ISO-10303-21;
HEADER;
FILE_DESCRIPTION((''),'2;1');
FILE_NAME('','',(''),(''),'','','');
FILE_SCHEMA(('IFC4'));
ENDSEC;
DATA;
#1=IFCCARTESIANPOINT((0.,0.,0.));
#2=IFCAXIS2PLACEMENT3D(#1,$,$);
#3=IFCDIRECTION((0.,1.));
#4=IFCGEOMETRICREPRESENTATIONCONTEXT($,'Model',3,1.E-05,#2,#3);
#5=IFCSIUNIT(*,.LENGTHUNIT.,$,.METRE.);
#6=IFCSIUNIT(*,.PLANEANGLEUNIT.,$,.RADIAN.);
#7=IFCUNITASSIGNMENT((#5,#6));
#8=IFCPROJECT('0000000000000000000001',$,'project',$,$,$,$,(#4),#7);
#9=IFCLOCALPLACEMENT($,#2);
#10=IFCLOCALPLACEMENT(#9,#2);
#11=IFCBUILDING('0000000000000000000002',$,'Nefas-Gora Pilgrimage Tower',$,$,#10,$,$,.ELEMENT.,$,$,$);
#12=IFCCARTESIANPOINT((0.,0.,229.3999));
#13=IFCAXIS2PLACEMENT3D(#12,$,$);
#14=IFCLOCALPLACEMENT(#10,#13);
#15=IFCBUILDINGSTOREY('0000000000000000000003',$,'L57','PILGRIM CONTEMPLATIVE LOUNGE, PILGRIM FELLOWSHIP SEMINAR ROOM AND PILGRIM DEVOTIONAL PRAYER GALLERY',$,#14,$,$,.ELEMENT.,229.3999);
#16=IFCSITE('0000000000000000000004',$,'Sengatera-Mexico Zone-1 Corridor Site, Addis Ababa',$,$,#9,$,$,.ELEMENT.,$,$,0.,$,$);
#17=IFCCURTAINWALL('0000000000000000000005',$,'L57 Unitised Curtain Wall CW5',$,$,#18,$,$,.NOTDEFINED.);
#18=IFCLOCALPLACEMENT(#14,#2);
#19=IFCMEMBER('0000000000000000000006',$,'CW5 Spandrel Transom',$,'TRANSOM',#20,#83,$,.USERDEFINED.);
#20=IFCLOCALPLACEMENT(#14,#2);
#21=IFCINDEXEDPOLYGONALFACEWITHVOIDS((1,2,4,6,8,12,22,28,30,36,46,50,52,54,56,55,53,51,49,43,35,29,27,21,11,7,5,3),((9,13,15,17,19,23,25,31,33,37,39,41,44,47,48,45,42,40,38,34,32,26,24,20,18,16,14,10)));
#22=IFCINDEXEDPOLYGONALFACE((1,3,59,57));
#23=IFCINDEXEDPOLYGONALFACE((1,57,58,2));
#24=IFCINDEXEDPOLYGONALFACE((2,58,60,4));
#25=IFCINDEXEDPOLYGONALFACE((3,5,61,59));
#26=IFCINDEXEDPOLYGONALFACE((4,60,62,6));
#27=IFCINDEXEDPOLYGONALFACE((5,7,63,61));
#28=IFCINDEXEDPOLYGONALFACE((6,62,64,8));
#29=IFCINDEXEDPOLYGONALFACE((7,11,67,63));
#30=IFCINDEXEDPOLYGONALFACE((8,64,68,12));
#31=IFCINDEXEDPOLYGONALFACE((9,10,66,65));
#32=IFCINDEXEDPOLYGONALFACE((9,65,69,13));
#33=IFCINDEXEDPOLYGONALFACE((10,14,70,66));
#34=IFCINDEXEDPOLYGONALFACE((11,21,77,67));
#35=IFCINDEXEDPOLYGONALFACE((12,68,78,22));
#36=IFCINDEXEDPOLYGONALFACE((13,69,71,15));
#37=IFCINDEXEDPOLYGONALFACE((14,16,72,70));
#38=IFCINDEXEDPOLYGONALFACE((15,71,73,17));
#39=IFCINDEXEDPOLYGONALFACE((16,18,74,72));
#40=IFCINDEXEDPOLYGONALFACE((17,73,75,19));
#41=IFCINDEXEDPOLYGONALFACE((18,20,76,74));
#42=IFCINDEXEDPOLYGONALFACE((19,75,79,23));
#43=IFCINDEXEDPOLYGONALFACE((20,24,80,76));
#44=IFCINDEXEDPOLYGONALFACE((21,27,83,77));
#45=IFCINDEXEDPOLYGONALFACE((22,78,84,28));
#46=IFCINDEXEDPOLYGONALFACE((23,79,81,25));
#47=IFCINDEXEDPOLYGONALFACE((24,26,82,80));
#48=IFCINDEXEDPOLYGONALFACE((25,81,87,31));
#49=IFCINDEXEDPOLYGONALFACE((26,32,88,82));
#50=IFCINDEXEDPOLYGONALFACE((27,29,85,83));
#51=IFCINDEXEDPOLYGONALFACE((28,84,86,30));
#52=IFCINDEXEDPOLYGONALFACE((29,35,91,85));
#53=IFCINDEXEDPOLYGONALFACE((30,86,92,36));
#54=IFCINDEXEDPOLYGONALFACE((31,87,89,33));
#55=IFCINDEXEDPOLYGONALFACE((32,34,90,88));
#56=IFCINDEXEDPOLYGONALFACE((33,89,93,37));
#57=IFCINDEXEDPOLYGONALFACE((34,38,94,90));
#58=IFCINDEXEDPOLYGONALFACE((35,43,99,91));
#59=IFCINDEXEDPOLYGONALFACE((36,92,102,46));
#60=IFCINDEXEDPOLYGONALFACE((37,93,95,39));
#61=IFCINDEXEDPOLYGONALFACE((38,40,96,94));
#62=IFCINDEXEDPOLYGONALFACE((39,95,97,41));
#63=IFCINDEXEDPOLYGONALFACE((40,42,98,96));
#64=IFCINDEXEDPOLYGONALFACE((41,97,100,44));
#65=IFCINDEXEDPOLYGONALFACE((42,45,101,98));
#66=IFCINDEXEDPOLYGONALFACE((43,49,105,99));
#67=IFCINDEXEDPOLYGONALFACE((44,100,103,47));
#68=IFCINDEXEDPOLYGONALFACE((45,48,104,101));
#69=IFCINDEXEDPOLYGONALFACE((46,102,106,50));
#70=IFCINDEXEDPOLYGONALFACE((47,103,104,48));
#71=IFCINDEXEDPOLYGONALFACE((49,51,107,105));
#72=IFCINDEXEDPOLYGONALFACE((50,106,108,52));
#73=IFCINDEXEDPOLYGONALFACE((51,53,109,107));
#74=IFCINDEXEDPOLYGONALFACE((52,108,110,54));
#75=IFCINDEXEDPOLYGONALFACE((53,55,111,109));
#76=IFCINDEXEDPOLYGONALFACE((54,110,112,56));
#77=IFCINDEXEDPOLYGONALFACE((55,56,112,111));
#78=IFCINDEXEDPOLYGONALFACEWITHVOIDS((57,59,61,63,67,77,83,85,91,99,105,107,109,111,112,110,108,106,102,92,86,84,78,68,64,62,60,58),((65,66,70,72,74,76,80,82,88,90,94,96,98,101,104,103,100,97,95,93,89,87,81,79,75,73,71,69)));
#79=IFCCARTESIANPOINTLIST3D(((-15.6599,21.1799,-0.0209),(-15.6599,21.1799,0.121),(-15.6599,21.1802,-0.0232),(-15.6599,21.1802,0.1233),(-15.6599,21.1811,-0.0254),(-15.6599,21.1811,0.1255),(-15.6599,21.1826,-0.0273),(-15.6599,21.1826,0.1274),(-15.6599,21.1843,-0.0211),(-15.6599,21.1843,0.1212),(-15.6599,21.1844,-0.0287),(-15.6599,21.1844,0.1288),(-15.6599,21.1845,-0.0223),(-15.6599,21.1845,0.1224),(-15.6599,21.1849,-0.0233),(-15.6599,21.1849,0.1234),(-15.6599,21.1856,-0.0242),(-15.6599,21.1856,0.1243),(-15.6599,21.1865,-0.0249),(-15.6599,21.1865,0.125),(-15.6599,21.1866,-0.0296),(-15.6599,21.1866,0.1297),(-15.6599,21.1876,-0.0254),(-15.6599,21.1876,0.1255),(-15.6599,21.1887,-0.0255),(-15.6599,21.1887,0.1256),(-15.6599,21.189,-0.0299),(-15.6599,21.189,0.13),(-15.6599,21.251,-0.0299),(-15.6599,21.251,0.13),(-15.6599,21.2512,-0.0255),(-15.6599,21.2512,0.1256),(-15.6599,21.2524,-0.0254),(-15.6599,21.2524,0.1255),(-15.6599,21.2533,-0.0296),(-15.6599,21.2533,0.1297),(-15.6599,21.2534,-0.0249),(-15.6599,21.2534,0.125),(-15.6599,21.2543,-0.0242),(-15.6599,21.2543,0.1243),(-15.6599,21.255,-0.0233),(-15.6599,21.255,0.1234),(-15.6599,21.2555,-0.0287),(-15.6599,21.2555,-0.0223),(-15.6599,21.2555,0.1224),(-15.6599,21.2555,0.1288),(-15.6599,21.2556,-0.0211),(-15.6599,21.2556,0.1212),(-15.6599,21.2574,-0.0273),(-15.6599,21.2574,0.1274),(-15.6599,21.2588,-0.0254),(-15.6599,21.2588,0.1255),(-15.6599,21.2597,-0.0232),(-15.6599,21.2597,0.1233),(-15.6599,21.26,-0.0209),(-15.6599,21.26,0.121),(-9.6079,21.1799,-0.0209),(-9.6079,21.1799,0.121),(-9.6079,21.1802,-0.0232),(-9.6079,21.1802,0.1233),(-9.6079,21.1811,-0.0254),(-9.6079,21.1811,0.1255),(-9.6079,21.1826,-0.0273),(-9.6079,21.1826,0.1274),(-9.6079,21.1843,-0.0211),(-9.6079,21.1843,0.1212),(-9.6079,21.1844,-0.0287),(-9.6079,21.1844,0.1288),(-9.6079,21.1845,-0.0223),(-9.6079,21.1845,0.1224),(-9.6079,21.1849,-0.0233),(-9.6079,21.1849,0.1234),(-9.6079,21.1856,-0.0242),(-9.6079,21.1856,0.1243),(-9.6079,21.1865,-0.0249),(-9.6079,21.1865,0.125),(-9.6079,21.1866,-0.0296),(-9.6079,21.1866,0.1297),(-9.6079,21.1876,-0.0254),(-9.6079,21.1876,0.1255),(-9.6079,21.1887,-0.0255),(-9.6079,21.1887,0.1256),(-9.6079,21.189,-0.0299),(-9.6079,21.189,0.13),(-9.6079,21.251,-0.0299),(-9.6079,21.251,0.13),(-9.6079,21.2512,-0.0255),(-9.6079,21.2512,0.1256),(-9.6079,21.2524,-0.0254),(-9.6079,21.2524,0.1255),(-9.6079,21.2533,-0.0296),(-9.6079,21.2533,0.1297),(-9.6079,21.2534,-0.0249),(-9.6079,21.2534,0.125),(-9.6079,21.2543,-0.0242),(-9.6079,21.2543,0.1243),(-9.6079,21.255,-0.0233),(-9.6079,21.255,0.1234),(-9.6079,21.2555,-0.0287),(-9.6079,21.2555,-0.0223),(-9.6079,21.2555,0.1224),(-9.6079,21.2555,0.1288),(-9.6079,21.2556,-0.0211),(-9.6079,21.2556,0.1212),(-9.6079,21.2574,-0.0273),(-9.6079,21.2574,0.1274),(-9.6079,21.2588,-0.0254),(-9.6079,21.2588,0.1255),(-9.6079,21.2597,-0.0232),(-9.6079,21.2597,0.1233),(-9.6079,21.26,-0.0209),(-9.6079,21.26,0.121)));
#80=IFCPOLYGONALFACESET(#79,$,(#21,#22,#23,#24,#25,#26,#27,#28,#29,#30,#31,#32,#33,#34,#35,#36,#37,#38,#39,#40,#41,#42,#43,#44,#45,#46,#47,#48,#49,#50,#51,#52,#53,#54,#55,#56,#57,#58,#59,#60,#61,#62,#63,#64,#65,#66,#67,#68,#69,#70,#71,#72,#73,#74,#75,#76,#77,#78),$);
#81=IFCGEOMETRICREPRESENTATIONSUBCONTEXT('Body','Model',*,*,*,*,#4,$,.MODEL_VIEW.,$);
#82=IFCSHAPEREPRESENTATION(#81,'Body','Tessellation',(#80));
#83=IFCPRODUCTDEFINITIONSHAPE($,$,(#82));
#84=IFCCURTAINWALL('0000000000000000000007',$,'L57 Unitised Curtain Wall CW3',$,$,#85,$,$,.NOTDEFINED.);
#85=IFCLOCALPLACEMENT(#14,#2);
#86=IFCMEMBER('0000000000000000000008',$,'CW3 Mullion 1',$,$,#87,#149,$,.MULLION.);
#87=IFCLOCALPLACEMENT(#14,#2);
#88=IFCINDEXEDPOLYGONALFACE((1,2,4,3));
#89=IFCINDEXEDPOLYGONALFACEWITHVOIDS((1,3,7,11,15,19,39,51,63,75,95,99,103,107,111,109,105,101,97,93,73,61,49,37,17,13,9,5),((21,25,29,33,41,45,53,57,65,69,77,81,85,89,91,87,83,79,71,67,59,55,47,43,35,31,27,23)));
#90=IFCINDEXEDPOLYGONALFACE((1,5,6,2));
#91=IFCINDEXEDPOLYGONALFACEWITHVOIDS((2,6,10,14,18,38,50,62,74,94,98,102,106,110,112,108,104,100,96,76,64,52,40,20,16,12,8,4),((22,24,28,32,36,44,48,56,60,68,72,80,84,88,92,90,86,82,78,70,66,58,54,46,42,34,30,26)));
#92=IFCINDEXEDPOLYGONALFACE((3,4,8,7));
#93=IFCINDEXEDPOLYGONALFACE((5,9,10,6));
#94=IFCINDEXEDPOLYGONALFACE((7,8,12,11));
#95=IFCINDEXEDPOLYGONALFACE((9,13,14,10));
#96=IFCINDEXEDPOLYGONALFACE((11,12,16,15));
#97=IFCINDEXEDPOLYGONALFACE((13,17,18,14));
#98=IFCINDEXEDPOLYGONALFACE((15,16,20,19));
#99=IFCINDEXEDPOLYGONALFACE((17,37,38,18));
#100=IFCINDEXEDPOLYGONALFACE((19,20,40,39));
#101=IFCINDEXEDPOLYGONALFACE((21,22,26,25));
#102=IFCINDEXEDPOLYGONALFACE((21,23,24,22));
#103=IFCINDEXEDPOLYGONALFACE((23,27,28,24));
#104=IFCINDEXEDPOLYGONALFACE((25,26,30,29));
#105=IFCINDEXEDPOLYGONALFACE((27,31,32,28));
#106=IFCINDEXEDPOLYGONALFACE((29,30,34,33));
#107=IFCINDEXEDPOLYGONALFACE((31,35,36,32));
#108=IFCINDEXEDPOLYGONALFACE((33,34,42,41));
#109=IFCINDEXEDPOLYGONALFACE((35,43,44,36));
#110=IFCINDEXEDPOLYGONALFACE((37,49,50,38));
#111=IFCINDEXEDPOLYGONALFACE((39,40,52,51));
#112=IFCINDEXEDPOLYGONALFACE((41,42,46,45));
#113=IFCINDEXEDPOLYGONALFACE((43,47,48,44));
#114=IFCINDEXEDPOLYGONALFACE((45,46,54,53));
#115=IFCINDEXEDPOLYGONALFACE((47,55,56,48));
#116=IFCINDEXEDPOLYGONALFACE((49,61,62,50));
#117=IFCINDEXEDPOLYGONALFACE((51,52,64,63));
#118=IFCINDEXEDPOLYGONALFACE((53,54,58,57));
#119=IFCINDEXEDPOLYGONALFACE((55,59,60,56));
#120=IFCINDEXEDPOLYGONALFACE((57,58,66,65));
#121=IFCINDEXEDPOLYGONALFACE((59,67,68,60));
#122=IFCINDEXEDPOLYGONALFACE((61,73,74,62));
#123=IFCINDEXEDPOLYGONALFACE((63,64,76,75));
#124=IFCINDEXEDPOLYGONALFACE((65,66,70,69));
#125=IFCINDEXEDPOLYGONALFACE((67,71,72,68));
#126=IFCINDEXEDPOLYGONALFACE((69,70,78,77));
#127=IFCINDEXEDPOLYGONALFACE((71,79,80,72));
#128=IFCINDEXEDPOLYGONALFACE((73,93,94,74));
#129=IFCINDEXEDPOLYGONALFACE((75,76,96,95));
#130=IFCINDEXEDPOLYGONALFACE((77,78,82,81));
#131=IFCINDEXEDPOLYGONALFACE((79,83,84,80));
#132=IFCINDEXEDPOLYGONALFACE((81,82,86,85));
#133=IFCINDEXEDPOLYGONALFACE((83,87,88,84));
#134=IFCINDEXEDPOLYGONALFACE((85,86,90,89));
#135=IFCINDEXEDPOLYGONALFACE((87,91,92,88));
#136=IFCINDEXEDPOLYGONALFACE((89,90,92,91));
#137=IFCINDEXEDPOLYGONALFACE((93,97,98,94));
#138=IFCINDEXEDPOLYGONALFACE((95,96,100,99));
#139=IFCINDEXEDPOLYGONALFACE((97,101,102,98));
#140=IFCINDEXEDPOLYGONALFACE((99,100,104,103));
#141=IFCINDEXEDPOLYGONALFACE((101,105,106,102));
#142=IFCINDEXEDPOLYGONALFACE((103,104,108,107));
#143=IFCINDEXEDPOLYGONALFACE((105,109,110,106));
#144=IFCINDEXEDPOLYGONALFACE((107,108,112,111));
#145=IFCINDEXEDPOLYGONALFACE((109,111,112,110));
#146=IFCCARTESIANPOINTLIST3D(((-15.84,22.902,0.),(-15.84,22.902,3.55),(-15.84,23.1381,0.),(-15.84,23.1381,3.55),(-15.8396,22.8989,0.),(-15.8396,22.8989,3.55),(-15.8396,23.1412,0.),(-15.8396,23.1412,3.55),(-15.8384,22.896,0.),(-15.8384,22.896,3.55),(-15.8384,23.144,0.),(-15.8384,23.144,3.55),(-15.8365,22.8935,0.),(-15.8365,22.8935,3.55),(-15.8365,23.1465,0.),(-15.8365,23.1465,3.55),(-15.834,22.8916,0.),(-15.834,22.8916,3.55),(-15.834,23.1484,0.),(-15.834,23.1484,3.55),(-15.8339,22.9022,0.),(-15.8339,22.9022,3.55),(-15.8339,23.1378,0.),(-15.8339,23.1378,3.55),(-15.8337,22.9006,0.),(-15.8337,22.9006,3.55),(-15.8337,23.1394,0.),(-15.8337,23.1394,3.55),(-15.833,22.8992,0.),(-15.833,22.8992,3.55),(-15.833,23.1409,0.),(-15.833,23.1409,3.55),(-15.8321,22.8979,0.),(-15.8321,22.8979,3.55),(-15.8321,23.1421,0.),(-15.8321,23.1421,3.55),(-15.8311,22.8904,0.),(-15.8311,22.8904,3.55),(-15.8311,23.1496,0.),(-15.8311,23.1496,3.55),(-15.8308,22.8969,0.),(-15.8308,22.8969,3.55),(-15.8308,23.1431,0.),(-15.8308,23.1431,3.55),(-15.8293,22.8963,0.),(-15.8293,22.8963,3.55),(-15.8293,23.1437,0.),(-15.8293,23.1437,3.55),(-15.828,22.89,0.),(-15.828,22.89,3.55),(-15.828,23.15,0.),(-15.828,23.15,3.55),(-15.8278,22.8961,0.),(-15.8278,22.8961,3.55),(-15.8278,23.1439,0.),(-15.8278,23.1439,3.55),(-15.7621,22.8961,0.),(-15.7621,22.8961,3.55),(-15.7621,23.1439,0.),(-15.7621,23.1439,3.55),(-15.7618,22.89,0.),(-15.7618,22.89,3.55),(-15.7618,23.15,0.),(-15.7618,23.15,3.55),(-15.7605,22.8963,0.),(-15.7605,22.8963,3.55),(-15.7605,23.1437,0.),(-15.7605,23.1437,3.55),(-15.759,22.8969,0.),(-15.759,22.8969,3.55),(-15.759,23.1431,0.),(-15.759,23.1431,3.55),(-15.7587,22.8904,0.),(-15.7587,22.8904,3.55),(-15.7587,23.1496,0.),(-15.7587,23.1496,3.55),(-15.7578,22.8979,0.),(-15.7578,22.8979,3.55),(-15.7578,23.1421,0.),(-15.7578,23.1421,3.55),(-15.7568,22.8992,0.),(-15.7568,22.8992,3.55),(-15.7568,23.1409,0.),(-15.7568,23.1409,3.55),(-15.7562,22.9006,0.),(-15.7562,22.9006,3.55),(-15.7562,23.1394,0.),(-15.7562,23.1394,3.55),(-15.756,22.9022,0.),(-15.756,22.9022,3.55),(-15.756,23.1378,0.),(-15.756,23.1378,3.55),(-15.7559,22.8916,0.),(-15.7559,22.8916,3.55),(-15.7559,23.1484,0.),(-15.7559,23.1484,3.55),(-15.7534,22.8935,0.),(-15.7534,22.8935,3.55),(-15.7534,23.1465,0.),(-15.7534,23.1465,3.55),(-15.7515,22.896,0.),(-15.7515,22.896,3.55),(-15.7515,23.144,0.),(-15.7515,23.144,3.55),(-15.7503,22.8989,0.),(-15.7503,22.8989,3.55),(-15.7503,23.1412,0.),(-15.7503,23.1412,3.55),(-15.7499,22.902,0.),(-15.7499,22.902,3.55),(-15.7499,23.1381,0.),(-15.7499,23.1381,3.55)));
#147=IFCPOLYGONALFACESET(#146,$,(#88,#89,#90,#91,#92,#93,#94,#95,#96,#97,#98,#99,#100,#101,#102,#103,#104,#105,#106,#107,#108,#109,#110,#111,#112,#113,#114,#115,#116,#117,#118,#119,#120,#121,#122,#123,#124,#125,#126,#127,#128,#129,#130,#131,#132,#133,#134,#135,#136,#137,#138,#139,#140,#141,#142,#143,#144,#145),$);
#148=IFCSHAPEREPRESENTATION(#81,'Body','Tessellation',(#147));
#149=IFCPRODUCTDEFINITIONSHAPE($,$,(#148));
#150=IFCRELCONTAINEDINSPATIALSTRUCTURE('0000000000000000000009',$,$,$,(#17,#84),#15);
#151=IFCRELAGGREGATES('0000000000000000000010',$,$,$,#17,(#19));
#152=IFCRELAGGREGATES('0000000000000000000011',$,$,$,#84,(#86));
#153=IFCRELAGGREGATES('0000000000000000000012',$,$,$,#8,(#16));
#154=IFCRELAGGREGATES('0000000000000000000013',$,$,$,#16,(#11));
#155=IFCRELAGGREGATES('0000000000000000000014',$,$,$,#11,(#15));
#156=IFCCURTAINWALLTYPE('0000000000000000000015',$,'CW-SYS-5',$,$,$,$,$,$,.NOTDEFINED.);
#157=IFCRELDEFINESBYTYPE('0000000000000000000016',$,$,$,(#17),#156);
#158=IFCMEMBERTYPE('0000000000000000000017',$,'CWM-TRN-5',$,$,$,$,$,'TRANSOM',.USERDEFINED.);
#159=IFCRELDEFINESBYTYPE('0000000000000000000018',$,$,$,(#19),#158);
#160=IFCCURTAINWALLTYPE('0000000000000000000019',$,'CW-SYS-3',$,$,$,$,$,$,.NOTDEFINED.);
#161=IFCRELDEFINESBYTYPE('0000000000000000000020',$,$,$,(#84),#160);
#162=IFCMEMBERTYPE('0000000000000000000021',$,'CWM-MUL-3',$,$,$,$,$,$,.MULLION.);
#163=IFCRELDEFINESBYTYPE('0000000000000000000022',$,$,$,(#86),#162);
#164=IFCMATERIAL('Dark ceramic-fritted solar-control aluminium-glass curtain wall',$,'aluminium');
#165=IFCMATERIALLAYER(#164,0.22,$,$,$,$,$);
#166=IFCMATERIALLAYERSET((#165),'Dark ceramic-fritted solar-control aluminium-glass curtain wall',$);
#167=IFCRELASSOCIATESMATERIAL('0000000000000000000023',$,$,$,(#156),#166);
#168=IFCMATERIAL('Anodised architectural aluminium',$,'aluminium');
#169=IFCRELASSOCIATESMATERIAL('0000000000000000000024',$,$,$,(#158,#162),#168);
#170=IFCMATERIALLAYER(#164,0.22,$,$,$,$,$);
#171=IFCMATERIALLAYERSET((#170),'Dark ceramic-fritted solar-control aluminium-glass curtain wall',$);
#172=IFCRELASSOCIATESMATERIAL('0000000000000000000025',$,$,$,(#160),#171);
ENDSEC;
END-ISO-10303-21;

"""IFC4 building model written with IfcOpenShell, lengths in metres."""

from ifc_helpers import new_model, si_unit, direction, frame, origin, origin_2d, place, context, subcontext, project, spatial, hollow_rectangle, extrude, source, transform, mapped, material, layer, layer_set, material_profile, profile_set, type_object, element, aggregate, save


model = new_model("IFC4")

# Units and contexts
model_context = context("Model", 3, precision=1e-05, world=origin(), true_north=direction((0.0, 1.0)))
body_context = subcontext(model_context, "Body", "Model", "MODEL_VIEW")
ifc_project = project(units=[si_unit("LENGTHUNIT", "METRE"), si_unit("PLANEANGLEUNIT", "RADIAN")], contexts=[model_context])

# Site, building, storey
site_placement = place(None, origin())
site = spatial("IfcSite", under=ifc_project, at=site_placement, Name="Sengatera-Mexico Zone-1 Corridor Site, Addis Ababa", CompositionType="ELEMENT", RefElevation=0.0)
building_placement = place(site_placement, origin())
building = spatial("IfcBuilding", under=site, at=building_placement, Name="Nefas-Gora Pilgrimage Tower", CompositionType="ELEMENT")
storey_placement = place(building_placement, frame((0.0, 0.0, 229.3999)))
storey = spatial("IfcBuildingStorey", under=building, at=storey_placement, Name="L57", Description="PILGRIM CONTEMPLATIVE LOUNGE, PILGRIM FELLOWSHIP SEMINAR ROOM AND PILGRIM DEVOTIONAL PRAYER GALLERY", CompositionType="ELEMENT", Elevation=229.3999)

# Curtain walls, members
ifc_material_1 = material(Name="Dark ceramic-fritted solar-control aluminium-glass curtain wall", Category="aluminium")
ifc_layer_1 = layer(ifc_material_1, 0.22)
ifc_layer_set_1 = layer_set([ifc_layer_1], Name="Dark ceramic-fritted solar-control aluminium-glass curtain wall")
curtain_wall_type_1 = type_object("IfcCurtainWallType", Name="CW-SYS-5", PredefinedType="NOTDEFINED", material=ifc_layer_set_1)
curtain_wall_1_placement = place(storey_placement, origin())
curtain_wall_1 = element("IfcCurtainWall", 1, at=curtain_wall_1_placement, inside=storey, type_object=curtain_wall_type_1, Name="L57 Unitised Curtain Wall CW5", PredefinedType="NOTDEFINED")
ifc_material_2 = material(Name="Anodised architectural aluminium", Category="aluminium")
ifc_material_profile_1 = material_profile(ifc_material_2, hollow_rectangle(XDim=0.0801, YDim=0.1599, WallThickness=0.0044, InnerFilletRadius=0.0044, OuterFilletRadius=0.009, at=origin_2d()), Name="ALU TRANSOM 80x160")
ifc_profile_set_1 = profile_set([ifc_material_profile_1], Name="Anodised architectural aluminium")
member_type_1 = type_object("IfcMemberType", Name="CWM-TRN-5", ElementType="TRANSOM", PredefinedType="USERDEFINED", material=ifc_profile_set_1)
shared_shape_1 = source(origin(), body_context, "Body", "SweptSolid", [
    extrude(hollow_rectangle(XDim=0.0801, YDim=0.1599, WallThickness=0.0044, InnerFilletRadius=0.0044, OuterFilletRadius=0.009, at=origin_2d()), origin(), (0.0, 0.0, 1.0), 6.052),
])
member_1_placement = place(storey_placement, frame((-9.6079, 21.22, 0.05), z_axis=(-1.0, 0.0, 0.0), x_axis=(0.0, -1.0, 0.0)))
member_1 = element("IfcMember", 2, at=member_1_placement, type_object=member_type_1, Name="CW5 Spandrel Transom", ObjectType="TRANSOM", PredefinedType="USERDEFINED", context=body_context, shape_type="MappedRepresentation", body=[
    mapped(shared_shape_1, transform((0.0, 0.0, 0.0), x_axis=(1.0, 0.0, 0.0), y_axis=(0.0, 1.0, 0.0), z_axis=(0.0, 0.0, 1.0), scale=1.0)),
])
ifc_layer_2 = layer(ifc_material_1, 0.22)
ifc_layer_set_2 = layer_set([ifc_layer_2], Name="Dark ceramic-fritted solar-control aluminium-glass curtain wall")
curtain_wall_type_2 = type_object("IfcCurtainWallType", Name="CW-SYS-3", PredefinedType="NOTDEFINED", material=ifc_layer_set_2)
curtain_wall_2_placement = place(storey_placement, origin())
curtain_wall_2 = element("IfcCurtainWall", 3, at=curtain_wall_2_placement, inside=storey, type_object=curtain_wall_type_2, Name="L57 Unitised Curtain Wall CW3", PredefinedType="NOTDEFINED")
ifc_material_profile_2 = material_profile(ifc_material_2, hollow_rectangle(XDim=0.0901, YDim=0.26, WallThickness=0.0061, InnerFilletRadius=0.0061, OuterFilletRadius=0.012, at=origin_2d()), Name="ALU MULLION 90x260")
ifc_profile_set_2 = profile_set([ifc_material_profile_2], Name="Anodised architectural aluminium")
member_type_2 = type_object("IfcMemberType", Name="CWM-MUL-3", PredefinedType="MULLION", material=ifc_profile_set_2)
shared_shape_2 = source(origin(), body_context, "Body", "SweptSolid", [
    extrude(hollow_rectangle(XDim=0.0901, YDim=0.26, WallThickness=0.0061, InnerFilletRadius=0.0061, OuterFilletRadius=0.012, at=origin_2d()), origin(), (0.0, 0.0, 1.0), 3.55),
])
member_2_placement = place(storey_placement, frame((-15.7949, 23.02, 0.0), z_axis=(0.0, 0.0, 1.0), x_axis=(-1.0, 0.0, 0.0)))
member_2 = element("IfcMember", 4, at=member_2_placement, type_object=member_type_2, Name="CW3 Mullion 1", PredefinedType="MULLION", context=body_context, shape_type="MappedRepresentation", body=[
    mapped(shared_shape_2, transform((0.0, 0.0, 0.0), x_axis=(1.0, 0.0, 0.0), y_axis=(0.0, 1.0, 0.0), z_axis=(0.0, 0.0, 1.0), scale=1.0)),
])

aggregate(curtain_wall_1, [member_1])
aggregate(curtain_wall_2, [member_2])

save(model, "model.ifc")
